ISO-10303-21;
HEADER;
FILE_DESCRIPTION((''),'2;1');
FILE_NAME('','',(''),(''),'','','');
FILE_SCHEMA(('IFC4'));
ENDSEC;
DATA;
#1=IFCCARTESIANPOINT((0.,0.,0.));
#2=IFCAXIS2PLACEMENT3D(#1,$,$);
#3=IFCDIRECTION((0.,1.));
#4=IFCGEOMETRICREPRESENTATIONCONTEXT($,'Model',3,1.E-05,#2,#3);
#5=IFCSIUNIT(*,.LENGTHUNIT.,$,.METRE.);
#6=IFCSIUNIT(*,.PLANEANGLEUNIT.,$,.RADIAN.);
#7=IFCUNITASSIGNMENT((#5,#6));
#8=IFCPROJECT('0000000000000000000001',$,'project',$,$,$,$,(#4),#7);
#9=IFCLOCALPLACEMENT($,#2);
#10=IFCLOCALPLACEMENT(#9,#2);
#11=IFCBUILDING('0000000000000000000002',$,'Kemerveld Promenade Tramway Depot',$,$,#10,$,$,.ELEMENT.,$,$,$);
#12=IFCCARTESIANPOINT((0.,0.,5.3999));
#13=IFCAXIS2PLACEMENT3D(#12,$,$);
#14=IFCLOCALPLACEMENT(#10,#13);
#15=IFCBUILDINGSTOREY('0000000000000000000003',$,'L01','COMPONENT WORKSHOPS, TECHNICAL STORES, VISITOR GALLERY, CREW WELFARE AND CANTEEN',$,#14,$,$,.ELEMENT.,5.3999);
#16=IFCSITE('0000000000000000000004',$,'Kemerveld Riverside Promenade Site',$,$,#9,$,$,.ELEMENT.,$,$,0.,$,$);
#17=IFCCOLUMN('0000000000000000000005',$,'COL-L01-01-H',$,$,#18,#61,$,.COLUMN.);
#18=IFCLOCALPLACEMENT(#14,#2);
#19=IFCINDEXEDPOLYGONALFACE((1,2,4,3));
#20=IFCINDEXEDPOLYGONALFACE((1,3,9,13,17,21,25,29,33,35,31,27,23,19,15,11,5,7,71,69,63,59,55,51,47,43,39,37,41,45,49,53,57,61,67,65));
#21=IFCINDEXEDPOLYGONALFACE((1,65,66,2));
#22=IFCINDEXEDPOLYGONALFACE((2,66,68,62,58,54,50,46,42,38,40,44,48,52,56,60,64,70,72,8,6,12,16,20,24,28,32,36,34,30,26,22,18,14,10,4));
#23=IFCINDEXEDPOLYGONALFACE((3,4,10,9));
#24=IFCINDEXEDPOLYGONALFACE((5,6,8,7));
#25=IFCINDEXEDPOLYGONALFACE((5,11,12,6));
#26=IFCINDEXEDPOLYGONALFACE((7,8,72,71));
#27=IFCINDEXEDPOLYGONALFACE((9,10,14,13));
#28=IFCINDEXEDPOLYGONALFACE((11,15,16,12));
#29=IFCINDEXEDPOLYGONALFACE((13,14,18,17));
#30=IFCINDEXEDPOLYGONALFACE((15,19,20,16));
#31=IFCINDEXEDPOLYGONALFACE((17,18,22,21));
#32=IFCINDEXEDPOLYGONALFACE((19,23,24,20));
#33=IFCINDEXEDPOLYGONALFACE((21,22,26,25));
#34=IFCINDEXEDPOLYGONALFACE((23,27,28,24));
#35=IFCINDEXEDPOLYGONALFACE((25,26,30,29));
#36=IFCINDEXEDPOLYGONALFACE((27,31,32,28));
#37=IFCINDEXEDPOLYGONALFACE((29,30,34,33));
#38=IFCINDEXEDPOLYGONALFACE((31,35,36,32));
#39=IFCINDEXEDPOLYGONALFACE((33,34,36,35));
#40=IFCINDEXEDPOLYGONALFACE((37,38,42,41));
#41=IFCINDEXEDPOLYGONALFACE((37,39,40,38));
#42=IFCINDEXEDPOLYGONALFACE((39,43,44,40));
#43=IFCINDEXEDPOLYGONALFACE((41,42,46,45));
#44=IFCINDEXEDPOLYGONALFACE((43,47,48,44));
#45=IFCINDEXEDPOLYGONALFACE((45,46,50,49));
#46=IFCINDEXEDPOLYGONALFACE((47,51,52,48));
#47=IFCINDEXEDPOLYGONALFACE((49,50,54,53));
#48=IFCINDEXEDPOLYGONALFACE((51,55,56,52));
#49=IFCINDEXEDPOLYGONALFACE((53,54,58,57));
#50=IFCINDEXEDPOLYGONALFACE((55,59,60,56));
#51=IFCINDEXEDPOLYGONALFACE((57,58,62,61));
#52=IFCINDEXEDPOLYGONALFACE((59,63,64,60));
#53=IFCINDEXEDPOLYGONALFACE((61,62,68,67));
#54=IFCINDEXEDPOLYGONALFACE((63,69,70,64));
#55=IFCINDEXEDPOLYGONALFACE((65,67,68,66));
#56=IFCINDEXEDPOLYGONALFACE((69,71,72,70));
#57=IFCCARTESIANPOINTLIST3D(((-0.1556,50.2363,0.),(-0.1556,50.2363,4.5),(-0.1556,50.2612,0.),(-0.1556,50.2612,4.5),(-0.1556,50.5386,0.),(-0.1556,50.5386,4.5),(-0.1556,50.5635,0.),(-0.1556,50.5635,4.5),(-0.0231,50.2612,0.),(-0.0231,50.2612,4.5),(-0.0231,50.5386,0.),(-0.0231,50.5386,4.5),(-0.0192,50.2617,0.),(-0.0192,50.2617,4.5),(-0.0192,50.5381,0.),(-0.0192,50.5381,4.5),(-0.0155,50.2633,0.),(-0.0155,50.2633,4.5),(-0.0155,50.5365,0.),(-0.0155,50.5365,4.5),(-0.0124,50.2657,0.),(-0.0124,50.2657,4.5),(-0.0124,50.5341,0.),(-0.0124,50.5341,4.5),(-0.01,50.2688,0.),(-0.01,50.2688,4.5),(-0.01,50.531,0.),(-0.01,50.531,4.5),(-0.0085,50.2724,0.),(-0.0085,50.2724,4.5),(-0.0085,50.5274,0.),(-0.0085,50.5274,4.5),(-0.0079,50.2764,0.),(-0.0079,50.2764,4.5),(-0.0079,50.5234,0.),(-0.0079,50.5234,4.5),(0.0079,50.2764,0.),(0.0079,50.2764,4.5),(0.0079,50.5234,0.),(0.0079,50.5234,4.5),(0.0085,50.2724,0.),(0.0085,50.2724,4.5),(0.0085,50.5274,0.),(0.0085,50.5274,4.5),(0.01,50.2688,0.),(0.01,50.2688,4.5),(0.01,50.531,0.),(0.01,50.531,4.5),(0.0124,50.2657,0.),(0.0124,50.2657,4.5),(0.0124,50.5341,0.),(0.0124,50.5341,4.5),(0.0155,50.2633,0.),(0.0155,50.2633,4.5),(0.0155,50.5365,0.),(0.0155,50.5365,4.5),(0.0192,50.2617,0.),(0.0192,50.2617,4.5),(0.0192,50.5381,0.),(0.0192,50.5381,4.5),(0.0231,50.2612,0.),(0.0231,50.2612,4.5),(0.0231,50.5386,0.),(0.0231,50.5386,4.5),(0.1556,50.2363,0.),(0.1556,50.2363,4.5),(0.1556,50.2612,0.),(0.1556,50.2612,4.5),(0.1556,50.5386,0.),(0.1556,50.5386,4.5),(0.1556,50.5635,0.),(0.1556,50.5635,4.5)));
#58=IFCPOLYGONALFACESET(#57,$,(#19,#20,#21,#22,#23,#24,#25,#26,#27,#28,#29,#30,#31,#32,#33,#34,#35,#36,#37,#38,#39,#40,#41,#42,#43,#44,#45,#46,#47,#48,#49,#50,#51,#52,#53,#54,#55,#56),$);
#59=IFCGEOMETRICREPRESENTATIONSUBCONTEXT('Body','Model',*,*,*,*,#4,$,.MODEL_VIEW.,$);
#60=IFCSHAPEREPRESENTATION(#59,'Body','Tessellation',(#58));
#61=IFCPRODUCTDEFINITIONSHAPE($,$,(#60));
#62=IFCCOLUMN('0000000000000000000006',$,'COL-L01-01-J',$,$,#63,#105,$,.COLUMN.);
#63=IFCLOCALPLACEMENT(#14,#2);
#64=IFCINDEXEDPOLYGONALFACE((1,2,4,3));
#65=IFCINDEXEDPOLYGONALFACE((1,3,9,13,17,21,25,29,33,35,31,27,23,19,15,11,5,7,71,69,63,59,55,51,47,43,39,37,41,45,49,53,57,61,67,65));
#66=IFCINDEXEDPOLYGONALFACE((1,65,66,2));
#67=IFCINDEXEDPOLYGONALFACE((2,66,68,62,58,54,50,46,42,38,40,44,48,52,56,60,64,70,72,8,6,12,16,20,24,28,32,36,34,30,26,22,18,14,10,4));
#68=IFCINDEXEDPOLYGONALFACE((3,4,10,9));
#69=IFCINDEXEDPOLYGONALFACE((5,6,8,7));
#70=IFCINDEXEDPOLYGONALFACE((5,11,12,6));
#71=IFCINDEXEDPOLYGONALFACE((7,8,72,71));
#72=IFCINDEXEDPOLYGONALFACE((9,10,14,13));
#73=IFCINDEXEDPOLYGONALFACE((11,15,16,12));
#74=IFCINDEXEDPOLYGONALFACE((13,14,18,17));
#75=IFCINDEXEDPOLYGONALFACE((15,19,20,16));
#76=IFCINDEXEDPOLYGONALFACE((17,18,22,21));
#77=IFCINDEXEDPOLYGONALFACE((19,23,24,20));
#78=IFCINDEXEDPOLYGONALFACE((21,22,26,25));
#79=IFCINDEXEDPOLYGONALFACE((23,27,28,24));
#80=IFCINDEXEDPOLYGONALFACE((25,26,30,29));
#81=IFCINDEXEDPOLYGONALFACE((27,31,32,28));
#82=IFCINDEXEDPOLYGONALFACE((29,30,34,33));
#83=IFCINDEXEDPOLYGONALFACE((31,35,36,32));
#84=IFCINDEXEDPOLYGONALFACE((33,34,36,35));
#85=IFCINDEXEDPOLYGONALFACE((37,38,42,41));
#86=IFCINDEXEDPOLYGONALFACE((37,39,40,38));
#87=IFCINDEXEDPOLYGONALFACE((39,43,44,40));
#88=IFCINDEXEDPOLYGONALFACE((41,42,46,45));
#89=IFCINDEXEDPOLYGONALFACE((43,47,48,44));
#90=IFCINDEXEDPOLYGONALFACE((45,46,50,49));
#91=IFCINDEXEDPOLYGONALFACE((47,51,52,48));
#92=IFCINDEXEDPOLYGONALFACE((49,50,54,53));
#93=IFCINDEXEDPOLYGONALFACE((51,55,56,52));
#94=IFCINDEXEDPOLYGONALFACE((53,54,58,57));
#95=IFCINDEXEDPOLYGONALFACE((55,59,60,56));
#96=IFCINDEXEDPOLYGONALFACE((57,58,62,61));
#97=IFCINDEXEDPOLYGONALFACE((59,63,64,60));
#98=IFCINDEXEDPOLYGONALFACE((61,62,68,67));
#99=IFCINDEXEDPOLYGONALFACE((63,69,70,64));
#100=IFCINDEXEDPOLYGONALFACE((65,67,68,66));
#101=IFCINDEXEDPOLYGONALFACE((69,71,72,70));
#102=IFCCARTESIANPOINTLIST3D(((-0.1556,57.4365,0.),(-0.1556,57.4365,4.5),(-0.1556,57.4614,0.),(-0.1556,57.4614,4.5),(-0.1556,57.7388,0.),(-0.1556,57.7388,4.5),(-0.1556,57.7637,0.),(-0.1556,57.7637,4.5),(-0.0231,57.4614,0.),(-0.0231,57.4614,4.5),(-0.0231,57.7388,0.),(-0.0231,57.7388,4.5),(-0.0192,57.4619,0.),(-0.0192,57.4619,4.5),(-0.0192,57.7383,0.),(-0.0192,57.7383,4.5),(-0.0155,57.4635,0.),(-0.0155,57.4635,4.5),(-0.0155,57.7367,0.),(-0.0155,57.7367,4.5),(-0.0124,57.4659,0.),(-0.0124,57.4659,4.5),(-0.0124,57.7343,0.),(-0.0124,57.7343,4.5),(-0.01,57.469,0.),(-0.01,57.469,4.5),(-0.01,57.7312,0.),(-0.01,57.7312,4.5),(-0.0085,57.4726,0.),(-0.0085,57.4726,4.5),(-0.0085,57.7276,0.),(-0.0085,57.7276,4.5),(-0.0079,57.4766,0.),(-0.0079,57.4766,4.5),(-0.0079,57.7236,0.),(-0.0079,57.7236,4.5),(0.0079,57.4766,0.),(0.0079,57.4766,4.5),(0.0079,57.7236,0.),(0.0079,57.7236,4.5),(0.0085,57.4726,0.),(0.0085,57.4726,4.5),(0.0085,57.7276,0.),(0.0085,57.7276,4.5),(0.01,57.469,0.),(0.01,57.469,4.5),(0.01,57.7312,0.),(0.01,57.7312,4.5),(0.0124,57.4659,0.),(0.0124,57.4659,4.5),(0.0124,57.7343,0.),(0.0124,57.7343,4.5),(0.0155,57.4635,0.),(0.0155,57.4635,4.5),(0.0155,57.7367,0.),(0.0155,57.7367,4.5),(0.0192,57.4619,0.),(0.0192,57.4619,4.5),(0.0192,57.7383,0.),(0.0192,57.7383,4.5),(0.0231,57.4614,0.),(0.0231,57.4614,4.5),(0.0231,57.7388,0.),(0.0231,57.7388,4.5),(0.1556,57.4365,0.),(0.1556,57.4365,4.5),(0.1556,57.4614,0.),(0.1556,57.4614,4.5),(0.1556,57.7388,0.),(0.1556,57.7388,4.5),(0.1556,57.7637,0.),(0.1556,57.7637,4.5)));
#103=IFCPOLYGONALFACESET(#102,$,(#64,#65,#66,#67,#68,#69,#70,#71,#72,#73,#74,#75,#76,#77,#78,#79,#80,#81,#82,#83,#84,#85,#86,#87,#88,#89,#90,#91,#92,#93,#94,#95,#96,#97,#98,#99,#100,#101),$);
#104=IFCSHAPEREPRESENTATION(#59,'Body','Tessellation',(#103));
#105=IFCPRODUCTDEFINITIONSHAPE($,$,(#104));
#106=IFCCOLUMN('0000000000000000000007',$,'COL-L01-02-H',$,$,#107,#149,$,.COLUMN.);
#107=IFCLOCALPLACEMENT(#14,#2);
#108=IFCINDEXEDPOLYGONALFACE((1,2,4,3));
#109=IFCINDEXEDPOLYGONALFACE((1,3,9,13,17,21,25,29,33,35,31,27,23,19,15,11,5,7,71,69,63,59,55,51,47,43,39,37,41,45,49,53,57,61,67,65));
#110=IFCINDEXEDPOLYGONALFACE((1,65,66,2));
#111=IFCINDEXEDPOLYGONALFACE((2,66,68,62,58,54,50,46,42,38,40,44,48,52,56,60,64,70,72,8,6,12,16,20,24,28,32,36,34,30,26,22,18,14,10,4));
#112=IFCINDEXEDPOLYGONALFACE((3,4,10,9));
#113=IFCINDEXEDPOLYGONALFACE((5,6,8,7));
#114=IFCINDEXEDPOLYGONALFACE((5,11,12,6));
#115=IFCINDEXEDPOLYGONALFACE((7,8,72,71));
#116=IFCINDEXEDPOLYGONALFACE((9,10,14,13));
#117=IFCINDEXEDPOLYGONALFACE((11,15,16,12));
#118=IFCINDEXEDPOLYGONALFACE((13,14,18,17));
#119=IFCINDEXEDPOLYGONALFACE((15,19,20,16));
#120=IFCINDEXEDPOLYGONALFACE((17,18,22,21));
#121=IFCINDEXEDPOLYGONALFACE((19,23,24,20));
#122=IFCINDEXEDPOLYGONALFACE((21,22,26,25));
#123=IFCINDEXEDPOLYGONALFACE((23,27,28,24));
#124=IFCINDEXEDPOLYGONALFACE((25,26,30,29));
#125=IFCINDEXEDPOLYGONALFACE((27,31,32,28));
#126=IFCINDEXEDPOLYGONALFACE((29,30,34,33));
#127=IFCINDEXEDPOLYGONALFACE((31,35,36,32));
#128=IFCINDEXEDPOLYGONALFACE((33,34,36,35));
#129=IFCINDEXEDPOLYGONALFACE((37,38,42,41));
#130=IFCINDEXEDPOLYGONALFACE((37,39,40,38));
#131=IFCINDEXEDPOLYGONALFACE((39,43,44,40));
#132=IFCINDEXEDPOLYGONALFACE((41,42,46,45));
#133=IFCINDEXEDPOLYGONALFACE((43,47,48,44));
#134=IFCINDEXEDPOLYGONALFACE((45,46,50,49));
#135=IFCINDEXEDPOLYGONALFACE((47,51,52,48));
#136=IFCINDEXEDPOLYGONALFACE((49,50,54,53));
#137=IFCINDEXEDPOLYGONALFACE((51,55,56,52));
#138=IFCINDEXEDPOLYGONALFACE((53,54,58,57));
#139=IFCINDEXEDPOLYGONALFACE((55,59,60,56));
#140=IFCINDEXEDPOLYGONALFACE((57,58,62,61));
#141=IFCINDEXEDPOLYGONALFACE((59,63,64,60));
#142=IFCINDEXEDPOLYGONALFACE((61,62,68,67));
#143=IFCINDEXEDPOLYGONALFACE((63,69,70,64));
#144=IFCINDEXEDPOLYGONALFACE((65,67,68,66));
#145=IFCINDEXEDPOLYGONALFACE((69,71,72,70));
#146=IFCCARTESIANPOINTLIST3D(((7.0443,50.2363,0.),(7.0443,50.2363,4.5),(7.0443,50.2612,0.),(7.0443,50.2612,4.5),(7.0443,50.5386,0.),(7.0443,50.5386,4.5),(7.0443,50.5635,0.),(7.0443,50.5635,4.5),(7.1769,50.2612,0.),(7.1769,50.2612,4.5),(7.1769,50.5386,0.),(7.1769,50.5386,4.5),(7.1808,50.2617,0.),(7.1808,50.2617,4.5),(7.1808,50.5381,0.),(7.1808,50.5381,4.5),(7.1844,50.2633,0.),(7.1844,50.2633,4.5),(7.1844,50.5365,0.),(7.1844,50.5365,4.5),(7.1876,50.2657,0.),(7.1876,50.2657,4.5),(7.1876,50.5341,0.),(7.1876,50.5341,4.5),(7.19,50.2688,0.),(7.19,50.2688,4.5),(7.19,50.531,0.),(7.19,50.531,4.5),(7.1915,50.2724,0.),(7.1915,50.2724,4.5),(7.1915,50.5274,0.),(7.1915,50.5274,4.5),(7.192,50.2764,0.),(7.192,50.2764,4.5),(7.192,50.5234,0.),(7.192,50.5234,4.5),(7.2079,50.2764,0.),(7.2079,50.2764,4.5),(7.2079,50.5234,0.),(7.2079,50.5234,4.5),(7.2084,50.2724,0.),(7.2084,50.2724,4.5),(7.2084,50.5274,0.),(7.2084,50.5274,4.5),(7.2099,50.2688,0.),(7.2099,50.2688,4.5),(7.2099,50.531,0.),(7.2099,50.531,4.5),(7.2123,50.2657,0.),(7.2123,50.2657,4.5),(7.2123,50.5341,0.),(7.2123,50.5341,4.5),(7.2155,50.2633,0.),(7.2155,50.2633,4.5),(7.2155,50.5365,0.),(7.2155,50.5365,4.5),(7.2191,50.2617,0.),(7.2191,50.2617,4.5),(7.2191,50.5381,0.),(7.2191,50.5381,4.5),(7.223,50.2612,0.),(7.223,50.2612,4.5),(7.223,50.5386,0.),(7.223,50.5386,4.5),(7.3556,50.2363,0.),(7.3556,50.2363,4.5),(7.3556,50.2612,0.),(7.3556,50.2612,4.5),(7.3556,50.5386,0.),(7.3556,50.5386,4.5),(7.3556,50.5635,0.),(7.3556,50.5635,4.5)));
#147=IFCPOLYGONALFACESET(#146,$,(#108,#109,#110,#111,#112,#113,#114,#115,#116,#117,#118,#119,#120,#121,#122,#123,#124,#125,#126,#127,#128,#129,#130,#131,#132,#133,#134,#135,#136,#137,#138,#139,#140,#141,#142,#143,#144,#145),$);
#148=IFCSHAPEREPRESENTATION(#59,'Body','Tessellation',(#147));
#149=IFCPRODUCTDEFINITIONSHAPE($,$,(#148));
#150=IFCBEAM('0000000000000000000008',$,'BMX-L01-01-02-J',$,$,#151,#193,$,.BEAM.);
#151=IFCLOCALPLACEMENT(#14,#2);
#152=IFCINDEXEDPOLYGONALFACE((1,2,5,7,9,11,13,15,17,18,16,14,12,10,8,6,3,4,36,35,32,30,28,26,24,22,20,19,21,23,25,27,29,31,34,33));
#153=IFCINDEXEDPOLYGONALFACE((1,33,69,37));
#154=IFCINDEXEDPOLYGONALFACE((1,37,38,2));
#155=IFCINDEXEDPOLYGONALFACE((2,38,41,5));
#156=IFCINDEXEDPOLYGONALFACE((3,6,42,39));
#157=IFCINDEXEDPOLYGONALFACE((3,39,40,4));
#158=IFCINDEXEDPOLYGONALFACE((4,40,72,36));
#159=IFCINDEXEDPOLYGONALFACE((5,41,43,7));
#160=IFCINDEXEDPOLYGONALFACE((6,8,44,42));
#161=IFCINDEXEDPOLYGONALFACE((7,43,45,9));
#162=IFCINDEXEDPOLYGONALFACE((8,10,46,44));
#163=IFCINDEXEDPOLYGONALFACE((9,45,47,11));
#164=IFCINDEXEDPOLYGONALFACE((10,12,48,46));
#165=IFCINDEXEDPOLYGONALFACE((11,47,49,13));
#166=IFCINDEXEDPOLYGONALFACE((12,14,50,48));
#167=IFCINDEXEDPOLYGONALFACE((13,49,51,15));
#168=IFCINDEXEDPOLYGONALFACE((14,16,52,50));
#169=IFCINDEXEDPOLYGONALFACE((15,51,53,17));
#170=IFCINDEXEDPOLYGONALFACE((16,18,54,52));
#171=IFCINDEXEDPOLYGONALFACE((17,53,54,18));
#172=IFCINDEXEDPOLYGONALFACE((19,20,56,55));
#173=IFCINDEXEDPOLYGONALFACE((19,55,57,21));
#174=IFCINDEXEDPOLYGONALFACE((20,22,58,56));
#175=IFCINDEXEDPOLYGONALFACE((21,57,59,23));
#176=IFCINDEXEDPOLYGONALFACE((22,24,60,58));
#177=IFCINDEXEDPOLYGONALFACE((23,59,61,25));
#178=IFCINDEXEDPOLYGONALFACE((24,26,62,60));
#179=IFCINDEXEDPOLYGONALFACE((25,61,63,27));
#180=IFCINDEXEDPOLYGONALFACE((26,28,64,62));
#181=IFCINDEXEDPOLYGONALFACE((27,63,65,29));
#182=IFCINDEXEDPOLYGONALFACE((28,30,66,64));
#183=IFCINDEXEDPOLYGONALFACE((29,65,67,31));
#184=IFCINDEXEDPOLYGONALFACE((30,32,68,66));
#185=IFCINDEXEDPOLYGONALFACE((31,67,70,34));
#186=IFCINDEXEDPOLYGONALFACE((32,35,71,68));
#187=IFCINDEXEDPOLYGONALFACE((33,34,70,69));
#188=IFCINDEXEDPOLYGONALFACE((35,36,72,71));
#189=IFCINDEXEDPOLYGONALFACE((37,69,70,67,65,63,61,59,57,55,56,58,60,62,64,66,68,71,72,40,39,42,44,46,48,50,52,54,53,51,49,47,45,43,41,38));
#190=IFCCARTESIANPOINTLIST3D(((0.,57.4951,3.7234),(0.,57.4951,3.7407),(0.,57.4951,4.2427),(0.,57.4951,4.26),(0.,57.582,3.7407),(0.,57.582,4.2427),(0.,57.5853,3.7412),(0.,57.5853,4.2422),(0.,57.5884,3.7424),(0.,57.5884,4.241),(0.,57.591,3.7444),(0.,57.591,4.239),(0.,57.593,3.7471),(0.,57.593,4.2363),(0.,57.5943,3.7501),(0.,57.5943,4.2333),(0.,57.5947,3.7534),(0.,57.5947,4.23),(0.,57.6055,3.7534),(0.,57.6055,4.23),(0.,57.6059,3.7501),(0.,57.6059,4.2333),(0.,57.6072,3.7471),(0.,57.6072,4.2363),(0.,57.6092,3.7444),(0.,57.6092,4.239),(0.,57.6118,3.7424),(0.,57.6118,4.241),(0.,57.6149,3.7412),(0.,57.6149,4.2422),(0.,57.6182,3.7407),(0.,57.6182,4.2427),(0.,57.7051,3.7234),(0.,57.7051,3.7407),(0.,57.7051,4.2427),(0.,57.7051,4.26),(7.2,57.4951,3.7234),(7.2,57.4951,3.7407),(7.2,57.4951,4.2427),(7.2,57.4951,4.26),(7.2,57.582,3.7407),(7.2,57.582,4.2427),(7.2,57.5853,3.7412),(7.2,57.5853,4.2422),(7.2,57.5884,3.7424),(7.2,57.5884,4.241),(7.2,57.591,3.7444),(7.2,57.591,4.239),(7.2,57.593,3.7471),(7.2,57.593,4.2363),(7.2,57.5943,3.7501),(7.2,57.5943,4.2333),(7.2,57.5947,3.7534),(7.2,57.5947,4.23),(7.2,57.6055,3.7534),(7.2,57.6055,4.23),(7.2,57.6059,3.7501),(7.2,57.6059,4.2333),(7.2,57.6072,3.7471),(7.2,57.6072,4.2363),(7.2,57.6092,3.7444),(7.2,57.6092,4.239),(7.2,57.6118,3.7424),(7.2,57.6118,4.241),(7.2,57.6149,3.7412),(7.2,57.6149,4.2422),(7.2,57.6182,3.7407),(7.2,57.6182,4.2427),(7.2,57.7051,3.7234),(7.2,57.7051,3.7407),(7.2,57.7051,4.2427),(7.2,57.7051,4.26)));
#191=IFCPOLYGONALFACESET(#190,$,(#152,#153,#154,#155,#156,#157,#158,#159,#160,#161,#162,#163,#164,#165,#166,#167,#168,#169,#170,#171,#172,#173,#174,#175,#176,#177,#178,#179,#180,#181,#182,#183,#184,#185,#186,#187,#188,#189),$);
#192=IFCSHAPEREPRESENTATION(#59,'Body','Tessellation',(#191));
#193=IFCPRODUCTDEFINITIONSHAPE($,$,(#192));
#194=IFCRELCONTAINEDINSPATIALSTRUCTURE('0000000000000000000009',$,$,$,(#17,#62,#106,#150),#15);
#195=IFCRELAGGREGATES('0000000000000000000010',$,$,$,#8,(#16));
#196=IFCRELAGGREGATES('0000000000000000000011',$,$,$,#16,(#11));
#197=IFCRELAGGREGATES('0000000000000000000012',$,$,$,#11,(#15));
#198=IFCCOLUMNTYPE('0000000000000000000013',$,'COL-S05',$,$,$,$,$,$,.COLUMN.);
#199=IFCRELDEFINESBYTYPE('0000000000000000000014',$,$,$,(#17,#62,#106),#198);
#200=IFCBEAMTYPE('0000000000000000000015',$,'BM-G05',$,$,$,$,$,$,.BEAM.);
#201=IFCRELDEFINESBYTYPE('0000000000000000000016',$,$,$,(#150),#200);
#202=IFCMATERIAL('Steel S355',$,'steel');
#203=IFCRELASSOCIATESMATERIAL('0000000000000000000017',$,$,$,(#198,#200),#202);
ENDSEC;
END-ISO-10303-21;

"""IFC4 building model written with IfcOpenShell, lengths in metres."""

from ifc_helpers import new_model, si_unit, direction, frame, origin, origin_2d, place, context, subcontext, project, spatial, i_section, extrude, material, material_profile, profile_set, type_object, element, save


model = new_model("IFC4")

# Units and contexts
model_context = context("Model", 3, precision=1e-05, world=origin(), true_north=direction((0.0, 1.0)))
body_context = subcontext(model_context, "Body", "Model", "MODEL_VIEW")
ifc_project = project(units=[si_unit("LENGTHUNIT", "METRE"), si_unit("PLANEANGLEUNIT", "RADIAN")], contexts=[model_context])

# Site, building, storey
site_placement = place(None, origin())
site = spatial("IfcSite", under=ifc_project, at=site_placement, Name="Kemerveld Riverside Promenade Site", CompositionType="ELEMENT", RefElevation=0.0)
building_placement = place(site_placement, origin())
building = spatial("IfcBuilding", under=site, at=building_placement, Name="Kemerveld Promenade Tramway Depot", CompositionType="ELEMENT")
storey_placement = place(building_placement, frame((0.0, 0.0, 5.3999)))
storey = spatial("IfcBuildingStorey", under=building, at=storey_placement, Name="L01", Description="COMPONENT WORKSHOPS, TECHNICAL STORES, VISITOR GALLERY, CREW WELFARE AND CANTEEN", CompositionType="ELEMENT", Elevation=5.3999)

# Columns
ifc_material_1 = material(Name="Steel S355", Category="steel")
ifc_material_profile_1 = material_profile(ifc_material_1, i_section(OverallWidth=0.3113, OverallDepth=0.3271, WebThickness=0.0159, FlangeThickness=0.0249, FilletRadius=0.0151, at=origin_2d()), Name="305x305x158 UC")
ifc_profile_set_1 = profile_set([ifc_material_profile_1], Name="Steel S355")
column_type = type_object("IfcColumnType", Name="COL-S05", PredefinedType="COLUMN", material=ifc_profile_set_1)
for number, where, z_axis, x_axis, name in (
    (1, (0.0, 50.3999, 0.0), (0.0, 0.0, 1.0), (1.0, 0.0, 0.0), "COL-L01-01-H"),
    (2, (0.0, 57.6001, 0.0), (0.0, 0.0, 1.0), (1.0, 0.0, 0.0), "COL-L01-01-J"),
    (3, (7.2, 50.3999, 0.0), (0.0, 0.0, 1.0), (1.0, 0.0, 0.0), "COL-L01-02-H"),
):
    element("IfcColumn", number, at=place(storey_placement, frame(where, z_axis=z_axis, x_axis=x_axis)), inside=storey, type_object=column_type, Name=name, PredefinedType="COLUMN", context=body_context, shape_type="SweptSolid", body=[
        extrude(i_section(OverallWidth=0.3113, OverallDepth=0.3271, WebThickness=0.0159, FlangeThickness=0.0249, FilletRadius=0.0151, at=origin_2d()), origin(), (0.0, 0.0, 1.0), 4.5),
    ])

# Beam
ifc_material_profile_2 = material_profile(ifc_material_1, i_section(OverallWidth=0.21, OverallDepth=0.5366, WebThickness=0.0107, FlangeThickness=0.0173, FilletRadius=0.0127, at=origin_2d()), Name="533x210x101 UB")
ifc_profile_set_2 = profile_set([ifc_material_profile_2], Name="Steel S355")
beam_type_1 = type_object("IfcBeamType", Name="BM-G05", PredefinedType="BEAM", material=ifc_profile_set_2)
beam_1_placement = place(storey_placement, frame((0.0, 57.6001, 3.9917), z_axis=(1.0, 0.0, 0.0), x_axis=(0.0, 1.0, 0.0)))
element("IfcBeam", 4, at=beam_1_placement, inside=storey, type_object=beam_type_1, Name="BMX-L01-01-02-J", PredefinedType="BEAM", context=body_context, shape_type="SweptSolid", body=[
    extrude(i_section(OverallWidth=0.21, OverallDepth=0.5366, WebThickness=0.0107, FlangeThickness=0.0173, FilletRadius=0.0127, at=origin_2d()), origin(), (0.0, 0.0, 1.0), 7.2),
])

save(model, "model.ifc")
